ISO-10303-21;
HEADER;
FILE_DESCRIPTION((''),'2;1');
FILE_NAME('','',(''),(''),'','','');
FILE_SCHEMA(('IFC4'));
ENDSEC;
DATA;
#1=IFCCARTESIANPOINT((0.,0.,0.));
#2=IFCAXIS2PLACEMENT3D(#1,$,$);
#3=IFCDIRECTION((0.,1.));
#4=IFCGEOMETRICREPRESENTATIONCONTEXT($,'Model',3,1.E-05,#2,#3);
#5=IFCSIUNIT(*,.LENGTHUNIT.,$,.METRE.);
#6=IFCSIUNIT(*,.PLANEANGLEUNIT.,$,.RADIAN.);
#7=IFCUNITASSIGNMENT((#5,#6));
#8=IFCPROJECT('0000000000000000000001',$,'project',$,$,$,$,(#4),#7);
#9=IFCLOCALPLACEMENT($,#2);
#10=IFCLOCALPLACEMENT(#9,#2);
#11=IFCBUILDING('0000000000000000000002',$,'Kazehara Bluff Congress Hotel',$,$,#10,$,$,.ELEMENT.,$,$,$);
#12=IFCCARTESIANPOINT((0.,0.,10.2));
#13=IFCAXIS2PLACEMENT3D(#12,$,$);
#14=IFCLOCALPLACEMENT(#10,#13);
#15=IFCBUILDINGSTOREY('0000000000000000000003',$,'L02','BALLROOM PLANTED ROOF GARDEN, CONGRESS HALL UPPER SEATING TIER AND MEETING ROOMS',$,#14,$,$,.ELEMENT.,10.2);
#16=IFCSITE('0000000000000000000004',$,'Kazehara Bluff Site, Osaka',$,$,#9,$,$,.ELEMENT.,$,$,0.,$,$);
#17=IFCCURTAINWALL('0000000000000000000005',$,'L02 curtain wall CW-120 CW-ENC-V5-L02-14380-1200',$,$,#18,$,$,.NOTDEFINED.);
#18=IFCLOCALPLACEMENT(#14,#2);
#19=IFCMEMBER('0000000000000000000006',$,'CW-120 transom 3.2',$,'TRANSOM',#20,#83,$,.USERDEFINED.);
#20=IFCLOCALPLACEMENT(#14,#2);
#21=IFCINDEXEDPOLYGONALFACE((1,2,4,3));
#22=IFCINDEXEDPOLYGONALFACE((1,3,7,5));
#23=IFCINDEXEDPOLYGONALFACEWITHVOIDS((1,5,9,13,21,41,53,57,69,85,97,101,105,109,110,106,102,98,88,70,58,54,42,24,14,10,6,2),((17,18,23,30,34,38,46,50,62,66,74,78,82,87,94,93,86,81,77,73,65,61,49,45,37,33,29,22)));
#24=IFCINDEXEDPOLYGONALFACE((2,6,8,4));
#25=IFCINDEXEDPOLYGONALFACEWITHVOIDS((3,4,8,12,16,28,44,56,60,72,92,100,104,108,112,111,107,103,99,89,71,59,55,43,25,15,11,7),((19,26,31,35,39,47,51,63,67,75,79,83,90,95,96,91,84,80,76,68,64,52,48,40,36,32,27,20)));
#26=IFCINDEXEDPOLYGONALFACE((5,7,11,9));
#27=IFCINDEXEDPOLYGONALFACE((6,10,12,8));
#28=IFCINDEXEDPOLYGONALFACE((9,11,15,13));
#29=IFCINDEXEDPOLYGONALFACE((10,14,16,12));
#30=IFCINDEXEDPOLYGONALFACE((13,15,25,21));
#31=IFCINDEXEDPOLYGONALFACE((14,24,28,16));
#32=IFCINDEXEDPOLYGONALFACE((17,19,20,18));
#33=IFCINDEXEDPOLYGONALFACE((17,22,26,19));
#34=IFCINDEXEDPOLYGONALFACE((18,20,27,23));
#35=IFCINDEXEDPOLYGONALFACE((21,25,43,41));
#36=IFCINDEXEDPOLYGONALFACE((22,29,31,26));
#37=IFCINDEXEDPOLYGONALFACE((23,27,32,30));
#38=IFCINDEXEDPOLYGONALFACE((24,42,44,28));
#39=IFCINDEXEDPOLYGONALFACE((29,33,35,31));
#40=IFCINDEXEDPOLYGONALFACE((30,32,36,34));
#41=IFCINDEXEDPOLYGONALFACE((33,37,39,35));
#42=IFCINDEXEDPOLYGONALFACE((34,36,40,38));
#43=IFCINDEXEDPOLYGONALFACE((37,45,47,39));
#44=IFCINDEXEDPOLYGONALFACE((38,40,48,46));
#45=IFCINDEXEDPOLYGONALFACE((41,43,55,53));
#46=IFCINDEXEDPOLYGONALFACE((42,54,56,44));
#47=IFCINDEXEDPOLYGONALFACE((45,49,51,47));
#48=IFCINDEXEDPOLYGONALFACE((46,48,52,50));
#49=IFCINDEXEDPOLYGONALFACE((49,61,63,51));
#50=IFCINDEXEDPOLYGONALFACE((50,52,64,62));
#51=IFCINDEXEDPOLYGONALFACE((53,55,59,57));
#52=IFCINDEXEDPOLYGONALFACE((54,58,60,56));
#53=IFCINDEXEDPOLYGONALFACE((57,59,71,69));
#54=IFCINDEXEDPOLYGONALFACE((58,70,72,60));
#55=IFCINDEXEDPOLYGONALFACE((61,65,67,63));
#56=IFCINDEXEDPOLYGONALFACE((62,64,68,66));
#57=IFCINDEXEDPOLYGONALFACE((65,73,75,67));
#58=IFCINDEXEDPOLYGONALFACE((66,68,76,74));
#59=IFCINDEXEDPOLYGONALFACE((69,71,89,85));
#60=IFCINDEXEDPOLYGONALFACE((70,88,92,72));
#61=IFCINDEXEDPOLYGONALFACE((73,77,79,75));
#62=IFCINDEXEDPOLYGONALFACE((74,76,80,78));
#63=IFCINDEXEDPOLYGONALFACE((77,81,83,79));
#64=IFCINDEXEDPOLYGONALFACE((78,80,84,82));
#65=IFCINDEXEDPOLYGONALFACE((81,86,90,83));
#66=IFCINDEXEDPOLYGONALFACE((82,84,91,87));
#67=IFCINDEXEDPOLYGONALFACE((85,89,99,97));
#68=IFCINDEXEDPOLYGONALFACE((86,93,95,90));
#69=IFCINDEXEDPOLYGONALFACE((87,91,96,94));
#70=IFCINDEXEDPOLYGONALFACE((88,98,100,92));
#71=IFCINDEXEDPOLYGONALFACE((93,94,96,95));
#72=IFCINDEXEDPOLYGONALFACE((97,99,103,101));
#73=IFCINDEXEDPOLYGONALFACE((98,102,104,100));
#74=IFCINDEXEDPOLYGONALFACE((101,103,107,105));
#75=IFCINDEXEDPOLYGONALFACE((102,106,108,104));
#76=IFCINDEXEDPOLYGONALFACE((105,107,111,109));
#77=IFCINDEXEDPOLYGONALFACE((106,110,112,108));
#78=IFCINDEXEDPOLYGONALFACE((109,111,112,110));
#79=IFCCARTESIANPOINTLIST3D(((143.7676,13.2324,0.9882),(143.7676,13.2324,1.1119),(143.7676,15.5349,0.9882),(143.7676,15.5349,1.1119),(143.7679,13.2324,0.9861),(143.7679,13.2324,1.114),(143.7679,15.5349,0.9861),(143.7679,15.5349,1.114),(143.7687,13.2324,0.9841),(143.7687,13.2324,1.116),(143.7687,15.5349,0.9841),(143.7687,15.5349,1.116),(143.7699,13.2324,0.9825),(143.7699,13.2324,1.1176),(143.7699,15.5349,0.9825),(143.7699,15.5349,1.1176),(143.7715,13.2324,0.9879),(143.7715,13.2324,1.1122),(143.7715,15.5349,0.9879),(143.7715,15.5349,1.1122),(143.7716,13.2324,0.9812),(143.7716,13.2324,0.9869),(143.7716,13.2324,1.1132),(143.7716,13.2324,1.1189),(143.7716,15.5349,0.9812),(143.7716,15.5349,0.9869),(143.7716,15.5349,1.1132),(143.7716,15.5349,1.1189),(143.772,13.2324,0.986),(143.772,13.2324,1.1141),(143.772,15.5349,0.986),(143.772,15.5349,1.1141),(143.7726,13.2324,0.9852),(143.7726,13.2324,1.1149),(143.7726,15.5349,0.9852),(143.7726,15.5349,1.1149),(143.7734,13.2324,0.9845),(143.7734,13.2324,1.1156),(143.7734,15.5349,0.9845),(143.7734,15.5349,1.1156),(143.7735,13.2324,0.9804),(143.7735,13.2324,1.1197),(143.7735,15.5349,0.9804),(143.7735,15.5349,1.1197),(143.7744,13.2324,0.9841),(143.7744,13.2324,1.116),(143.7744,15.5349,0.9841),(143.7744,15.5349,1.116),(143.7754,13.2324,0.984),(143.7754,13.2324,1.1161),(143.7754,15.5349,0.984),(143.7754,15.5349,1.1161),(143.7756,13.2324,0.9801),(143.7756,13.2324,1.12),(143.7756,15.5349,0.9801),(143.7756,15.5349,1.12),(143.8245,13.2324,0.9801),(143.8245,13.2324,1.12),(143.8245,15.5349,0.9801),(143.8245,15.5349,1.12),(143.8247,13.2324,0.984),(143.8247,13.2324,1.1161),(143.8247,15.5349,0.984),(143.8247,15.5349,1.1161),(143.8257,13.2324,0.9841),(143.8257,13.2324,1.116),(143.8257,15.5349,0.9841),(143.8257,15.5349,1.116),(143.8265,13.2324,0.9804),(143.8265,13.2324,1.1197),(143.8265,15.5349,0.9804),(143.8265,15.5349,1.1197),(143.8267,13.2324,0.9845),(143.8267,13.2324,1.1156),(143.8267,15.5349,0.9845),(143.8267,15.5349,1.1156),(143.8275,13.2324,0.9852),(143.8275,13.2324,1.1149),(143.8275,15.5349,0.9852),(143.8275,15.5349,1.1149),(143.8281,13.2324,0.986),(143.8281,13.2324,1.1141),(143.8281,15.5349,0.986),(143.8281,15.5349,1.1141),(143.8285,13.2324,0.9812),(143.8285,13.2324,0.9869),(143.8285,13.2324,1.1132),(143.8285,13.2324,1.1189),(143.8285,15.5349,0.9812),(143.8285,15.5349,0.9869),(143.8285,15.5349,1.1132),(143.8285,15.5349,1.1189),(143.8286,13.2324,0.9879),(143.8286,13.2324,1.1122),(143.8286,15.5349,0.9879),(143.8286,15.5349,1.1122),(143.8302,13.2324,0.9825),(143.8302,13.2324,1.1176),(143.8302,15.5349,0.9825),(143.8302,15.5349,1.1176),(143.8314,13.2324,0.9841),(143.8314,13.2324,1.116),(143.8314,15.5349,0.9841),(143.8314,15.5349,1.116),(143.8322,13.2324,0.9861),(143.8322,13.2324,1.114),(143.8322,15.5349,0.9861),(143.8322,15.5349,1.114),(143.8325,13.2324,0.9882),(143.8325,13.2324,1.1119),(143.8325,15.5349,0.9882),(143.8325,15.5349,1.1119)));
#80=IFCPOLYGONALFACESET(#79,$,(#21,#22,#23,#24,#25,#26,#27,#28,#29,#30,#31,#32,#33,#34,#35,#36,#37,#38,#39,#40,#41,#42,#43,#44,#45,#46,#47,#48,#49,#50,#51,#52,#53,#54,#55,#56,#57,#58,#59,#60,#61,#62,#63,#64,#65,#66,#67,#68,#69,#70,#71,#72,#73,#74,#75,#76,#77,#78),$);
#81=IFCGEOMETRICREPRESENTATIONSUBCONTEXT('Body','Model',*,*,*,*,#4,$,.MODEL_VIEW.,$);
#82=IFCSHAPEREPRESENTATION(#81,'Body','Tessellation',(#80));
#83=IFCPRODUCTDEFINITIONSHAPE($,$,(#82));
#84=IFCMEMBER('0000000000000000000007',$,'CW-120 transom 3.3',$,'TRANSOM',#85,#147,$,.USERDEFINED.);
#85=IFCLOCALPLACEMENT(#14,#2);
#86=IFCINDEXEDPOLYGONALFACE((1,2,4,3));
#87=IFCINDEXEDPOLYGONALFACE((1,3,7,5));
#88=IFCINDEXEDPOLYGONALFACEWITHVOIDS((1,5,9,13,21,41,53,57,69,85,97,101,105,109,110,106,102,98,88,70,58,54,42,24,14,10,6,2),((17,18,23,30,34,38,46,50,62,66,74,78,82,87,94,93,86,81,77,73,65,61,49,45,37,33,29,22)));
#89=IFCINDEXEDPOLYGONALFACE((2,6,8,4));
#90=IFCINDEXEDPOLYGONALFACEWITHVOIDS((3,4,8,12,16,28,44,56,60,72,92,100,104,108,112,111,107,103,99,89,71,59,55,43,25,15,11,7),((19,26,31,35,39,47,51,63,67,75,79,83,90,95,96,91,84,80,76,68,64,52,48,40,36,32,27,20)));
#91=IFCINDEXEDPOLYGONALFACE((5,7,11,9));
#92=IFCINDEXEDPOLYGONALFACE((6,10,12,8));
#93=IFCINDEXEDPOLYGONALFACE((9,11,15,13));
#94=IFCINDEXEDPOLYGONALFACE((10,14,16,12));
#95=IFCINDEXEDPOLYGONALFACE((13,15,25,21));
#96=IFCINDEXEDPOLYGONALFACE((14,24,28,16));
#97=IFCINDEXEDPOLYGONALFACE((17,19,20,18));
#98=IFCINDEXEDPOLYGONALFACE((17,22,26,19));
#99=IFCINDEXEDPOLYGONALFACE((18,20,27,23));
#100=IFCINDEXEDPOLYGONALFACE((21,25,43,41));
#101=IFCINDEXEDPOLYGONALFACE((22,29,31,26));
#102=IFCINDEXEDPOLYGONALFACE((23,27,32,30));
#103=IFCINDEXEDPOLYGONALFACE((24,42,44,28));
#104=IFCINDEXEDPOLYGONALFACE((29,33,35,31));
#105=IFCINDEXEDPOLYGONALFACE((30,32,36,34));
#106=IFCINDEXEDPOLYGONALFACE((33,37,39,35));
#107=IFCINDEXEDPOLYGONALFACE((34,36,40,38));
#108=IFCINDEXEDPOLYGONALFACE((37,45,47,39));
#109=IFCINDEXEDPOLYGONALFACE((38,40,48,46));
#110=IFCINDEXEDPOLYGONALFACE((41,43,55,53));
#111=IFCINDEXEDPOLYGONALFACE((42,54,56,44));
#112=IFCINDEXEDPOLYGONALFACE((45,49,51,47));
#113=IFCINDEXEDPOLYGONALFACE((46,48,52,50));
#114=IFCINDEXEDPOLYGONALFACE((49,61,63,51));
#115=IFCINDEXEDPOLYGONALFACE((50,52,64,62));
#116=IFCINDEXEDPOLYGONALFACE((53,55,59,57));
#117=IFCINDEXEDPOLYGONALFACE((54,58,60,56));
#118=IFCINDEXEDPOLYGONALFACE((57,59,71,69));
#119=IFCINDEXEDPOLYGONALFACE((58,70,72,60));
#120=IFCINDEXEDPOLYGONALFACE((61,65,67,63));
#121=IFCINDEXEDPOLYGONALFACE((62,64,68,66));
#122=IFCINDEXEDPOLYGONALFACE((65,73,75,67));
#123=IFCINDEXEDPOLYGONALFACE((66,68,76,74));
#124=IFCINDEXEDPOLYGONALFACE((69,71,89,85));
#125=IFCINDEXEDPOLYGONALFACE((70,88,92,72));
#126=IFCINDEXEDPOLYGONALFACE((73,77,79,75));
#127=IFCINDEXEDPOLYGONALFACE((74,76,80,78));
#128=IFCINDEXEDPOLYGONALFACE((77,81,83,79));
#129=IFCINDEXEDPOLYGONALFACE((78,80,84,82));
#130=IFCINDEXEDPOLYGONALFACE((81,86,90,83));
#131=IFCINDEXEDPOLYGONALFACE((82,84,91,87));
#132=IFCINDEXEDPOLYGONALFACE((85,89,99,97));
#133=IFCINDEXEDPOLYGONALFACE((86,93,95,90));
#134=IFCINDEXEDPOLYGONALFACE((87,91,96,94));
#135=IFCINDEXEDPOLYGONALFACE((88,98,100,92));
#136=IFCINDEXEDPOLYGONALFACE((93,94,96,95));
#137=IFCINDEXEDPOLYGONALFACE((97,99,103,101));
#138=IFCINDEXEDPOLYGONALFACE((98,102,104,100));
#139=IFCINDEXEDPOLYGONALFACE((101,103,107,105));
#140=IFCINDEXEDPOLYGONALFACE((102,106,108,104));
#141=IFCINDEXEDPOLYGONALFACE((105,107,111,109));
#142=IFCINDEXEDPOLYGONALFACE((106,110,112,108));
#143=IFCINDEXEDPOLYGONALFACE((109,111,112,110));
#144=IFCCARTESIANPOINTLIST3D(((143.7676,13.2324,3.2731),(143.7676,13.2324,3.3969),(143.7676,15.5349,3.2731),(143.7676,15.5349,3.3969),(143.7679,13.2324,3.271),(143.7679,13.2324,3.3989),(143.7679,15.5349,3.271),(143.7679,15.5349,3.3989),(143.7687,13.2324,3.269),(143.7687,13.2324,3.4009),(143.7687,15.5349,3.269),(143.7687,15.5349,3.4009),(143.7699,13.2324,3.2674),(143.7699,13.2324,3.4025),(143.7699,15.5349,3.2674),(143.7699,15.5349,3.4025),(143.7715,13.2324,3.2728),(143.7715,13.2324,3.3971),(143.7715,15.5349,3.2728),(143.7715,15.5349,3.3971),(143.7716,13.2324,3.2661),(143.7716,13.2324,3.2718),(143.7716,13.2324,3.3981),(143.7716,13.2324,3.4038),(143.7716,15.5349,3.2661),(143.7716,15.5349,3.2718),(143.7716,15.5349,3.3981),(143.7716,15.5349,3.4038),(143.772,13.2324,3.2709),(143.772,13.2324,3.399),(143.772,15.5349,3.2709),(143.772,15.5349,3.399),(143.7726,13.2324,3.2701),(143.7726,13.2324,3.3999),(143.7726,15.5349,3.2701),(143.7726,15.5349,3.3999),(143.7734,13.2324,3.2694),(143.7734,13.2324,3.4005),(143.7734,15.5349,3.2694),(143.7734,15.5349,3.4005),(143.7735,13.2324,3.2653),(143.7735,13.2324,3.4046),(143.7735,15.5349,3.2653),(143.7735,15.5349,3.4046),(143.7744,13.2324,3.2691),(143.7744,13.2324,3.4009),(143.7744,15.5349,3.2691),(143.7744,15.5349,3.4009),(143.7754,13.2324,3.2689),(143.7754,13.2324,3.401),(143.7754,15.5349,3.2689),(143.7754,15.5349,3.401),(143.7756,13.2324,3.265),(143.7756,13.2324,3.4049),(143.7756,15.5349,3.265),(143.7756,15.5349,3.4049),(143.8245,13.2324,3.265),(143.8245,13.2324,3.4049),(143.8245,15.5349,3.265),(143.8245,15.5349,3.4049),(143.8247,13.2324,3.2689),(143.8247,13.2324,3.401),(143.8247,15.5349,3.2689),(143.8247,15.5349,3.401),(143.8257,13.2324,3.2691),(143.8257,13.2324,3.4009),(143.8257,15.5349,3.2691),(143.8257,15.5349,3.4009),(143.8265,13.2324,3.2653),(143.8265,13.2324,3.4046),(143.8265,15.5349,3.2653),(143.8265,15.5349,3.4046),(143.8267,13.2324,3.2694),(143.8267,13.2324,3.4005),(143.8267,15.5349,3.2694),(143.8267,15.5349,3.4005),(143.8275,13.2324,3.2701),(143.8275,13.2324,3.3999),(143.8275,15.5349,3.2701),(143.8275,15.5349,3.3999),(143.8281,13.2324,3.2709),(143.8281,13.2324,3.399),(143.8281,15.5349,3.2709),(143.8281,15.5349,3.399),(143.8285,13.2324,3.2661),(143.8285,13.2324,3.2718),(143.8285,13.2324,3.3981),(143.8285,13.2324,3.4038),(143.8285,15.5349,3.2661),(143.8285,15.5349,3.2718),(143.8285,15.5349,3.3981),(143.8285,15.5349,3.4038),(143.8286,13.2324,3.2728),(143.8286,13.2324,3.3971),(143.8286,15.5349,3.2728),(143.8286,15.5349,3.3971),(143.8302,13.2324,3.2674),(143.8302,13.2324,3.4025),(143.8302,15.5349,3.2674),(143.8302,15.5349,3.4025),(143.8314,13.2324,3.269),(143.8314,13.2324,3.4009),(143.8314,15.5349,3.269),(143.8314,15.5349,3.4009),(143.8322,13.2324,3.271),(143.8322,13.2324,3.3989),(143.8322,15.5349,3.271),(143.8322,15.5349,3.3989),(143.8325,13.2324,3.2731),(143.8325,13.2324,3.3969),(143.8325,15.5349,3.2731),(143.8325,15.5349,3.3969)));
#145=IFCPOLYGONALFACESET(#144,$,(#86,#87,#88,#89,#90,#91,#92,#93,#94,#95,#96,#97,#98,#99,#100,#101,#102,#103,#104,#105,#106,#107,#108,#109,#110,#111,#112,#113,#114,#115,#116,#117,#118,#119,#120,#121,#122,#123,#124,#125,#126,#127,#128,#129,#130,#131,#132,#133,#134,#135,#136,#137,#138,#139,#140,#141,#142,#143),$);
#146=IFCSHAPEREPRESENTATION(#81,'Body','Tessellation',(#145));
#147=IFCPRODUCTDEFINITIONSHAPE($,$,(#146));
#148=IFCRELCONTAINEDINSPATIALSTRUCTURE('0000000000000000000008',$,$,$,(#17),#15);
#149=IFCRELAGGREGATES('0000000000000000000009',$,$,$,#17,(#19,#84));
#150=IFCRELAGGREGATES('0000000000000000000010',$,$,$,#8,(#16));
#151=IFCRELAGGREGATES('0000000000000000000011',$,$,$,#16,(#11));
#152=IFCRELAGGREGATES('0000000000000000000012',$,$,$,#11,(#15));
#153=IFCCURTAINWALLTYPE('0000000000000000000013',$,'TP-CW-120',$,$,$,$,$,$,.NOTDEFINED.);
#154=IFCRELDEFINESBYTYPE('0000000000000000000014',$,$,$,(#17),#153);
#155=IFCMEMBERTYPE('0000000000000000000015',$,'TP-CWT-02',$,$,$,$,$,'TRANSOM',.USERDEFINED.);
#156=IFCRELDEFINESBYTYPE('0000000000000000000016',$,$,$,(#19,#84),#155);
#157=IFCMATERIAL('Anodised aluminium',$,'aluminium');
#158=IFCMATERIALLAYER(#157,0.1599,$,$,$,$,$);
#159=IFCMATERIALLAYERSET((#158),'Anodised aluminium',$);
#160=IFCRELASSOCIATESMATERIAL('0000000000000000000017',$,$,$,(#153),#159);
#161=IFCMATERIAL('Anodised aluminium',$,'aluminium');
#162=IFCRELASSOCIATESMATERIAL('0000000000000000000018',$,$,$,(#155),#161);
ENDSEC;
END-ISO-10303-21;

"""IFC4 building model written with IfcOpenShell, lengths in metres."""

from ifc_helpers import new_model, si_unit, direction, frame, origin, origin_2d, place, context, subcontext, project, spatial, hollow_rectangle, extrude, material, layer, layer_set, material_profile, profile_set, type_object, element, aggregate, save


model = new_model("IFC4")

# Units and contexts
model_context = context("Model", 3, precision=1e-05, world=origin(), true_north=direction((0.0, 1.0)))
body_context = subcontext(model_context, "Body", "Model", "MODEL_VIEW")
ifc_project = project(units=[si_unit("LENGTHUNIT", "METRE"), si_unit("PLANEANGLEUNIT", "RADIAN")], contexts=[model_context])

# Site, building, storey
site_placement = place(None, origin())
site = spatial("IfcSite", under=ifc_project, at=site_placement, Name="Kazehara Bluff Site, Osaka", CompositionType="ELEMENT", RefElevation=0.0)
building_placement = place(site_placement, origin())
building = spatial("IfcBuilding", under=site, at=building_placement, Name="Kazehara Bluff Congress Hotel", CompositionType="ELEMENT")
storey_placement = place(building_placement, frame((0.0, 0.0, 10.2)))
storey = spatial("IfcBuildingStorey", under=building, at=storey_placement, Name="L02", Description="BALLROOM PLANTED ROOF GARDEN, CONGRESS HALL UPPER SEATING TIER AND MEETING ROOMS", CompositionType="ELEMENT", Elevation=10.2)

# Curtain wall
ifc_material_1 = material(Name="Anodised aluminium", Category="aluminium")
ifc_layer_1 = layer(ifc_material_1, 0.1599)
ifc_layer_set_1 = layer_set([ifc_layer_1], Name="Anodised aluminium")
curtain_wall_type_1 = type_object("IfcCurtainWallType", Name="TP-CW-120", PredefinedType="NOTDEFINED", material=ifc_layer_set_1)
curtain_wall_1_placement = place(storey_placement, origin())
curtain_wall_1 = element("IfcCurtainWall", 1, at=curtain_wall_1_placement, inside=storey, type_object=curtain_wall_type_1, Name="L02 curtain wall CW-120 CW-ENC-V5-L02-14380-1200", PredefinedType="NOTDEFINED")

# Shared definitions
ifc_material_2 = material(Name="Anodised aluminium", Category="aluminium")
ifc_material_profile_1 = material_profile(ifc_material_2, hollow_rectangle(XDim=0.0649, YDim=0.1399, WallThickness=0.0039, InnerFilletRadius=0.0039, OuterFilletRadius=0.0081, at=origin_2d()))
ifc_profile_set_1 = profile_set([ifc_material_profile_1], Name="Anodised aluminium")
member_type_1 = type_object("IfcMemberType", Name="TP-CWT-02", ElementType="TRANSOM", PredefinedType="USERDEFINED", material=ifc_profile_set_1)

# Members
member_1_placement = place(storey_placement, frame((143.8, 13.2324, 1.05), z_axis=(0.0, 1.0, 0.0), x_axis=(-1.0, 0.0, 0.0)))
member_1 = element("IfcMember", 2, at=member_1_placement, type_object=member_type_1, Name="CW-120 transom 3.2", ObjectType="TRANSOM", PredefinedType="USERDEFINED", context=body_context, shape_type="SweptSolid", body=[
    extrude(hollow_rectangle(XDim=0.0649, YDim=0.1399, WallThickness=0.0039, InnerFilletRadius=0.0039, OuterFilletRadius=0.0081, at=origin_2d()), origin(), (0.0, 0.0, 1.0), 2.3025),
])
member_2_placement = place(storey_placement, frame((143.8, 13.2324, 3.335), z_axis=(0.0, 1.0, 0.0), x_axis=(-1.0, 0.0, 0.0)))
member_2 = element("IfcMember", 3, at=member_2_placement, type_object=member_type_1, Name="CW-120 transom 3.3", ObjectType="TRANSOM", PredefinedType="USERDEFINED", context=body_context, shape_type="SweptSolid", body=[
    extrude(hollow_rectangle(XDim=0.0649, YDim=0.1399, WallThickness=0.0039, InnerFilletRadius=0.0039, OuterFilletRadius=0.0081, at=origin_2d()), origin(), (0.0, 0.0, 1.0), 2.3025),
])

aggregate(curtain_wall_1, [member_1, member_2])

save(model, "model.ifc")
